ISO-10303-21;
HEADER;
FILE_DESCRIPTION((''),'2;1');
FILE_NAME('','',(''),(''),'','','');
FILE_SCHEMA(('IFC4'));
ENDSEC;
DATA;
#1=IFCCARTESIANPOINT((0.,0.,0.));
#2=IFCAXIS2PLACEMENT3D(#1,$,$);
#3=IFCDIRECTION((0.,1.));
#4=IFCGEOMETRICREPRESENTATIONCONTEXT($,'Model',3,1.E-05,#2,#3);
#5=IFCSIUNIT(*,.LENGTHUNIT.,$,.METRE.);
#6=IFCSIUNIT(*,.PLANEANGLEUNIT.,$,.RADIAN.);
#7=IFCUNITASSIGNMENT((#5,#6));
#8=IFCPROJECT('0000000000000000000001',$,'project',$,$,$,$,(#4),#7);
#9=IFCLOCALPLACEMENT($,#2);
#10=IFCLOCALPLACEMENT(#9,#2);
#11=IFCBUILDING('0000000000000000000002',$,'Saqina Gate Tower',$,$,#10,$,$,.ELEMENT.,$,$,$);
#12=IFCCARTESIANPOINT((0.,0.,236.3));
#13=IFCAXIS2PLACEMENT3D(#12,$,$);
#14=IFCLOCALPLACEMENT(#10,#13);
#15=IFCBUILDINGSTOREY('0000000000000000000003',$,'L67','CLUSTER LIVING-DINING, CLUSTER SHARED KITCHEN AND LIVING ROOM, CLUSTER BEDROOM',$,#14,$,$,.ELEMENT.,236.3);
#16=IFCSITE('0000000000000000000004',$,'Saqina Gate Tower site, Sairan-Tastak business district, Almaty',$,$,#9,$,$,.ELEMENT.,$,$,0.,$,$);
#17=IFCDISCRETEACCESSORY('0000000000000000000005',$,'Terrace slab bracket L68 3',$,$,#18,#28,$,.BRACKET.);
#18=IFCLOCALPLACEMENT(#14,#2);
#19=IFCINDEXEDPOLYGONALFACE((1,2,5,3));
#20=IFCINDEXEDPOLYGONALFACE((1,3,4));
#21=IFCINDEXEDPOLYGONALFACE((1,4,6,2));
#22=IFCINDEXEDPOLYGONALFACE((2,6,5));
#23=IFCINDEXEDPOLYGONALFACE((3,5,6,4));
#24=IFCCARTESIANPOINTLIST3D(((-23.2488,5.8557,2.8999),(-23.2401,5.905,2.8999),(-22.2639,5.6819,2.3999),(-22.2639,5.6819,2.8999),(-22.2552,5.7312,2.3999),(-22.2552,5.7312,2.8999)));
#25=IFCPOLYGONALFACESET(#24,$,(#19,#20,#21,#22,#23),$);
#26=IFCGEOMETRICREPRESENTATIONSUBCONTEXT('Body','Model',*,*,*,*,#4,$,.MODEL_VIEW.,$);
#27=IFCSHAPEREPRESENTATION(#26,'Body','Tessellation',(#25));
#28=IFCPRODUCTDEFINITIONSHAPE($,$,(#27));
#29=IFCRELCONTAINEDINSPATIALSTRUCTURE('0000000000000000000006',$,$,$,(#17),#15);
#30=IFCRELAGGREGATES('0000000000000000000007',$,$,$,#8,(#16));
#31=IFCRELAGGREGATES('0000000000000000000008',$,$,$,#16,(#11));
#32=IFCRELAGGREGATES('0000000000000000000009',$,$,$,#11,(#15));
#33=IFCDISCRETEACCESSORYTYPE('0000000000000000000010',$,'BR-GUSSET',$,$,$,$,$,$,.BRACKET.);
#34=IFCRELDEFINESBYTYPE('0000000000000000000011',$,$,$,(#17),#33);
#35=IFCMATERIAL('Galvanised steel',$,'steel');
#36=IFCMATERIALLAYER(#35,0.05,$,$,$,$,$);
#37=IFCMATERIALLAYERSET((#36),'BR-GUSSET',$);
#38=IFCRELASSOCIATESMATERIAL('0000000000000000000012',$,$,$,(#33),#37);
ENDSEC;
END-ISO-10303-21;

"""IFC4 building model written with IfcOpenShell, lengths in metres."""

from ifc_helpers import new_model, si_unit, direction, frame, origin, place, context, subcontext, project, spatial, polyline, outline, extrude, material, layer, layer_set, type_object, element, save


model = new_model("IFC4")

# Units and contexts
model_context = context("Model", 3, precision=1e-05, world=origin(), true_north=direction((0.0, 1.0)))
body_context = subcontext(model_context, "Body", "Model", "MODEL_VIEW")
ifc_project = project(units=[si_unit("LENGTHUNIT", "METRE"), si_unit("PLANEANGLEUNIT", "RADIAN")], contexts=[model_context])

# Site, building, storey
site_placement = place(None, origin())
site = spatial("IfcSite", under=ifc_project, at=site_placement, Name="Saqina Gate Tower site, Sairan-Tastak business district, Almaty", CompositionType="ELEMENT", RefElevation=0.0)
building_placement = place(site_placement, origin())
building = spatial("IfcBuilding", under=site, at=building_placement, Name="Saqina Gate Tower", CompositionType="ELEMENT")
storey_placement = place(building_placement, frame((0.0, 0.0, 236.3)))
storey = spatial("IfcBuildingStorey", under=building, at=storey_placement, Name="L67", Description="CLUSTER LIVING-DINING, CLUSTER SHARED KITCHEN AND LIVING ROOM, CLUSTER BEDROOM", CompositionType="ELEMENT", Elevation=236.3)

# Discrete accessory
ifc_material_1 = material(Name="Galvanised steel", Category="steel")
ifc_layer_1 = layer(ifc_material_1, 0.05)
ifc_layer_set_1 = layer_set([ifc_layer_1], Name="BR-GUSSET")
discrete_accessory_type = type_object("IfcDiscreteAccessoryType", Name="BR-GUSSET", PredefinedType="BRACKET", material=ifc_layer_set_1)
discrete_accessory_1_placement = place(storey_placement, frame((-22.2639, 5.6819, 2.3999), z_axis=(-0.173813, -0.984779, 0.0), x_axis=(0.0, 0.0, 1.0)))
element("IfcDiscreteAccessory", 1, at=discrete_accessory_1_placement, inside=storey, type_object=discrete_accessory_type, Name="Terrace slab bracket L68 3", PredefinedType="BRACKET", context=body_context, shape_type="SweptSolid", body=[
    extrude(outline(polyline([(0.0, 0.0), (0.5, 0.0), (0.5, 1.0001), (0.0, 0.0)])), origin(), (0.0, 0.0, -1.0), 0.05),
])

save(model, "model.ifc")
